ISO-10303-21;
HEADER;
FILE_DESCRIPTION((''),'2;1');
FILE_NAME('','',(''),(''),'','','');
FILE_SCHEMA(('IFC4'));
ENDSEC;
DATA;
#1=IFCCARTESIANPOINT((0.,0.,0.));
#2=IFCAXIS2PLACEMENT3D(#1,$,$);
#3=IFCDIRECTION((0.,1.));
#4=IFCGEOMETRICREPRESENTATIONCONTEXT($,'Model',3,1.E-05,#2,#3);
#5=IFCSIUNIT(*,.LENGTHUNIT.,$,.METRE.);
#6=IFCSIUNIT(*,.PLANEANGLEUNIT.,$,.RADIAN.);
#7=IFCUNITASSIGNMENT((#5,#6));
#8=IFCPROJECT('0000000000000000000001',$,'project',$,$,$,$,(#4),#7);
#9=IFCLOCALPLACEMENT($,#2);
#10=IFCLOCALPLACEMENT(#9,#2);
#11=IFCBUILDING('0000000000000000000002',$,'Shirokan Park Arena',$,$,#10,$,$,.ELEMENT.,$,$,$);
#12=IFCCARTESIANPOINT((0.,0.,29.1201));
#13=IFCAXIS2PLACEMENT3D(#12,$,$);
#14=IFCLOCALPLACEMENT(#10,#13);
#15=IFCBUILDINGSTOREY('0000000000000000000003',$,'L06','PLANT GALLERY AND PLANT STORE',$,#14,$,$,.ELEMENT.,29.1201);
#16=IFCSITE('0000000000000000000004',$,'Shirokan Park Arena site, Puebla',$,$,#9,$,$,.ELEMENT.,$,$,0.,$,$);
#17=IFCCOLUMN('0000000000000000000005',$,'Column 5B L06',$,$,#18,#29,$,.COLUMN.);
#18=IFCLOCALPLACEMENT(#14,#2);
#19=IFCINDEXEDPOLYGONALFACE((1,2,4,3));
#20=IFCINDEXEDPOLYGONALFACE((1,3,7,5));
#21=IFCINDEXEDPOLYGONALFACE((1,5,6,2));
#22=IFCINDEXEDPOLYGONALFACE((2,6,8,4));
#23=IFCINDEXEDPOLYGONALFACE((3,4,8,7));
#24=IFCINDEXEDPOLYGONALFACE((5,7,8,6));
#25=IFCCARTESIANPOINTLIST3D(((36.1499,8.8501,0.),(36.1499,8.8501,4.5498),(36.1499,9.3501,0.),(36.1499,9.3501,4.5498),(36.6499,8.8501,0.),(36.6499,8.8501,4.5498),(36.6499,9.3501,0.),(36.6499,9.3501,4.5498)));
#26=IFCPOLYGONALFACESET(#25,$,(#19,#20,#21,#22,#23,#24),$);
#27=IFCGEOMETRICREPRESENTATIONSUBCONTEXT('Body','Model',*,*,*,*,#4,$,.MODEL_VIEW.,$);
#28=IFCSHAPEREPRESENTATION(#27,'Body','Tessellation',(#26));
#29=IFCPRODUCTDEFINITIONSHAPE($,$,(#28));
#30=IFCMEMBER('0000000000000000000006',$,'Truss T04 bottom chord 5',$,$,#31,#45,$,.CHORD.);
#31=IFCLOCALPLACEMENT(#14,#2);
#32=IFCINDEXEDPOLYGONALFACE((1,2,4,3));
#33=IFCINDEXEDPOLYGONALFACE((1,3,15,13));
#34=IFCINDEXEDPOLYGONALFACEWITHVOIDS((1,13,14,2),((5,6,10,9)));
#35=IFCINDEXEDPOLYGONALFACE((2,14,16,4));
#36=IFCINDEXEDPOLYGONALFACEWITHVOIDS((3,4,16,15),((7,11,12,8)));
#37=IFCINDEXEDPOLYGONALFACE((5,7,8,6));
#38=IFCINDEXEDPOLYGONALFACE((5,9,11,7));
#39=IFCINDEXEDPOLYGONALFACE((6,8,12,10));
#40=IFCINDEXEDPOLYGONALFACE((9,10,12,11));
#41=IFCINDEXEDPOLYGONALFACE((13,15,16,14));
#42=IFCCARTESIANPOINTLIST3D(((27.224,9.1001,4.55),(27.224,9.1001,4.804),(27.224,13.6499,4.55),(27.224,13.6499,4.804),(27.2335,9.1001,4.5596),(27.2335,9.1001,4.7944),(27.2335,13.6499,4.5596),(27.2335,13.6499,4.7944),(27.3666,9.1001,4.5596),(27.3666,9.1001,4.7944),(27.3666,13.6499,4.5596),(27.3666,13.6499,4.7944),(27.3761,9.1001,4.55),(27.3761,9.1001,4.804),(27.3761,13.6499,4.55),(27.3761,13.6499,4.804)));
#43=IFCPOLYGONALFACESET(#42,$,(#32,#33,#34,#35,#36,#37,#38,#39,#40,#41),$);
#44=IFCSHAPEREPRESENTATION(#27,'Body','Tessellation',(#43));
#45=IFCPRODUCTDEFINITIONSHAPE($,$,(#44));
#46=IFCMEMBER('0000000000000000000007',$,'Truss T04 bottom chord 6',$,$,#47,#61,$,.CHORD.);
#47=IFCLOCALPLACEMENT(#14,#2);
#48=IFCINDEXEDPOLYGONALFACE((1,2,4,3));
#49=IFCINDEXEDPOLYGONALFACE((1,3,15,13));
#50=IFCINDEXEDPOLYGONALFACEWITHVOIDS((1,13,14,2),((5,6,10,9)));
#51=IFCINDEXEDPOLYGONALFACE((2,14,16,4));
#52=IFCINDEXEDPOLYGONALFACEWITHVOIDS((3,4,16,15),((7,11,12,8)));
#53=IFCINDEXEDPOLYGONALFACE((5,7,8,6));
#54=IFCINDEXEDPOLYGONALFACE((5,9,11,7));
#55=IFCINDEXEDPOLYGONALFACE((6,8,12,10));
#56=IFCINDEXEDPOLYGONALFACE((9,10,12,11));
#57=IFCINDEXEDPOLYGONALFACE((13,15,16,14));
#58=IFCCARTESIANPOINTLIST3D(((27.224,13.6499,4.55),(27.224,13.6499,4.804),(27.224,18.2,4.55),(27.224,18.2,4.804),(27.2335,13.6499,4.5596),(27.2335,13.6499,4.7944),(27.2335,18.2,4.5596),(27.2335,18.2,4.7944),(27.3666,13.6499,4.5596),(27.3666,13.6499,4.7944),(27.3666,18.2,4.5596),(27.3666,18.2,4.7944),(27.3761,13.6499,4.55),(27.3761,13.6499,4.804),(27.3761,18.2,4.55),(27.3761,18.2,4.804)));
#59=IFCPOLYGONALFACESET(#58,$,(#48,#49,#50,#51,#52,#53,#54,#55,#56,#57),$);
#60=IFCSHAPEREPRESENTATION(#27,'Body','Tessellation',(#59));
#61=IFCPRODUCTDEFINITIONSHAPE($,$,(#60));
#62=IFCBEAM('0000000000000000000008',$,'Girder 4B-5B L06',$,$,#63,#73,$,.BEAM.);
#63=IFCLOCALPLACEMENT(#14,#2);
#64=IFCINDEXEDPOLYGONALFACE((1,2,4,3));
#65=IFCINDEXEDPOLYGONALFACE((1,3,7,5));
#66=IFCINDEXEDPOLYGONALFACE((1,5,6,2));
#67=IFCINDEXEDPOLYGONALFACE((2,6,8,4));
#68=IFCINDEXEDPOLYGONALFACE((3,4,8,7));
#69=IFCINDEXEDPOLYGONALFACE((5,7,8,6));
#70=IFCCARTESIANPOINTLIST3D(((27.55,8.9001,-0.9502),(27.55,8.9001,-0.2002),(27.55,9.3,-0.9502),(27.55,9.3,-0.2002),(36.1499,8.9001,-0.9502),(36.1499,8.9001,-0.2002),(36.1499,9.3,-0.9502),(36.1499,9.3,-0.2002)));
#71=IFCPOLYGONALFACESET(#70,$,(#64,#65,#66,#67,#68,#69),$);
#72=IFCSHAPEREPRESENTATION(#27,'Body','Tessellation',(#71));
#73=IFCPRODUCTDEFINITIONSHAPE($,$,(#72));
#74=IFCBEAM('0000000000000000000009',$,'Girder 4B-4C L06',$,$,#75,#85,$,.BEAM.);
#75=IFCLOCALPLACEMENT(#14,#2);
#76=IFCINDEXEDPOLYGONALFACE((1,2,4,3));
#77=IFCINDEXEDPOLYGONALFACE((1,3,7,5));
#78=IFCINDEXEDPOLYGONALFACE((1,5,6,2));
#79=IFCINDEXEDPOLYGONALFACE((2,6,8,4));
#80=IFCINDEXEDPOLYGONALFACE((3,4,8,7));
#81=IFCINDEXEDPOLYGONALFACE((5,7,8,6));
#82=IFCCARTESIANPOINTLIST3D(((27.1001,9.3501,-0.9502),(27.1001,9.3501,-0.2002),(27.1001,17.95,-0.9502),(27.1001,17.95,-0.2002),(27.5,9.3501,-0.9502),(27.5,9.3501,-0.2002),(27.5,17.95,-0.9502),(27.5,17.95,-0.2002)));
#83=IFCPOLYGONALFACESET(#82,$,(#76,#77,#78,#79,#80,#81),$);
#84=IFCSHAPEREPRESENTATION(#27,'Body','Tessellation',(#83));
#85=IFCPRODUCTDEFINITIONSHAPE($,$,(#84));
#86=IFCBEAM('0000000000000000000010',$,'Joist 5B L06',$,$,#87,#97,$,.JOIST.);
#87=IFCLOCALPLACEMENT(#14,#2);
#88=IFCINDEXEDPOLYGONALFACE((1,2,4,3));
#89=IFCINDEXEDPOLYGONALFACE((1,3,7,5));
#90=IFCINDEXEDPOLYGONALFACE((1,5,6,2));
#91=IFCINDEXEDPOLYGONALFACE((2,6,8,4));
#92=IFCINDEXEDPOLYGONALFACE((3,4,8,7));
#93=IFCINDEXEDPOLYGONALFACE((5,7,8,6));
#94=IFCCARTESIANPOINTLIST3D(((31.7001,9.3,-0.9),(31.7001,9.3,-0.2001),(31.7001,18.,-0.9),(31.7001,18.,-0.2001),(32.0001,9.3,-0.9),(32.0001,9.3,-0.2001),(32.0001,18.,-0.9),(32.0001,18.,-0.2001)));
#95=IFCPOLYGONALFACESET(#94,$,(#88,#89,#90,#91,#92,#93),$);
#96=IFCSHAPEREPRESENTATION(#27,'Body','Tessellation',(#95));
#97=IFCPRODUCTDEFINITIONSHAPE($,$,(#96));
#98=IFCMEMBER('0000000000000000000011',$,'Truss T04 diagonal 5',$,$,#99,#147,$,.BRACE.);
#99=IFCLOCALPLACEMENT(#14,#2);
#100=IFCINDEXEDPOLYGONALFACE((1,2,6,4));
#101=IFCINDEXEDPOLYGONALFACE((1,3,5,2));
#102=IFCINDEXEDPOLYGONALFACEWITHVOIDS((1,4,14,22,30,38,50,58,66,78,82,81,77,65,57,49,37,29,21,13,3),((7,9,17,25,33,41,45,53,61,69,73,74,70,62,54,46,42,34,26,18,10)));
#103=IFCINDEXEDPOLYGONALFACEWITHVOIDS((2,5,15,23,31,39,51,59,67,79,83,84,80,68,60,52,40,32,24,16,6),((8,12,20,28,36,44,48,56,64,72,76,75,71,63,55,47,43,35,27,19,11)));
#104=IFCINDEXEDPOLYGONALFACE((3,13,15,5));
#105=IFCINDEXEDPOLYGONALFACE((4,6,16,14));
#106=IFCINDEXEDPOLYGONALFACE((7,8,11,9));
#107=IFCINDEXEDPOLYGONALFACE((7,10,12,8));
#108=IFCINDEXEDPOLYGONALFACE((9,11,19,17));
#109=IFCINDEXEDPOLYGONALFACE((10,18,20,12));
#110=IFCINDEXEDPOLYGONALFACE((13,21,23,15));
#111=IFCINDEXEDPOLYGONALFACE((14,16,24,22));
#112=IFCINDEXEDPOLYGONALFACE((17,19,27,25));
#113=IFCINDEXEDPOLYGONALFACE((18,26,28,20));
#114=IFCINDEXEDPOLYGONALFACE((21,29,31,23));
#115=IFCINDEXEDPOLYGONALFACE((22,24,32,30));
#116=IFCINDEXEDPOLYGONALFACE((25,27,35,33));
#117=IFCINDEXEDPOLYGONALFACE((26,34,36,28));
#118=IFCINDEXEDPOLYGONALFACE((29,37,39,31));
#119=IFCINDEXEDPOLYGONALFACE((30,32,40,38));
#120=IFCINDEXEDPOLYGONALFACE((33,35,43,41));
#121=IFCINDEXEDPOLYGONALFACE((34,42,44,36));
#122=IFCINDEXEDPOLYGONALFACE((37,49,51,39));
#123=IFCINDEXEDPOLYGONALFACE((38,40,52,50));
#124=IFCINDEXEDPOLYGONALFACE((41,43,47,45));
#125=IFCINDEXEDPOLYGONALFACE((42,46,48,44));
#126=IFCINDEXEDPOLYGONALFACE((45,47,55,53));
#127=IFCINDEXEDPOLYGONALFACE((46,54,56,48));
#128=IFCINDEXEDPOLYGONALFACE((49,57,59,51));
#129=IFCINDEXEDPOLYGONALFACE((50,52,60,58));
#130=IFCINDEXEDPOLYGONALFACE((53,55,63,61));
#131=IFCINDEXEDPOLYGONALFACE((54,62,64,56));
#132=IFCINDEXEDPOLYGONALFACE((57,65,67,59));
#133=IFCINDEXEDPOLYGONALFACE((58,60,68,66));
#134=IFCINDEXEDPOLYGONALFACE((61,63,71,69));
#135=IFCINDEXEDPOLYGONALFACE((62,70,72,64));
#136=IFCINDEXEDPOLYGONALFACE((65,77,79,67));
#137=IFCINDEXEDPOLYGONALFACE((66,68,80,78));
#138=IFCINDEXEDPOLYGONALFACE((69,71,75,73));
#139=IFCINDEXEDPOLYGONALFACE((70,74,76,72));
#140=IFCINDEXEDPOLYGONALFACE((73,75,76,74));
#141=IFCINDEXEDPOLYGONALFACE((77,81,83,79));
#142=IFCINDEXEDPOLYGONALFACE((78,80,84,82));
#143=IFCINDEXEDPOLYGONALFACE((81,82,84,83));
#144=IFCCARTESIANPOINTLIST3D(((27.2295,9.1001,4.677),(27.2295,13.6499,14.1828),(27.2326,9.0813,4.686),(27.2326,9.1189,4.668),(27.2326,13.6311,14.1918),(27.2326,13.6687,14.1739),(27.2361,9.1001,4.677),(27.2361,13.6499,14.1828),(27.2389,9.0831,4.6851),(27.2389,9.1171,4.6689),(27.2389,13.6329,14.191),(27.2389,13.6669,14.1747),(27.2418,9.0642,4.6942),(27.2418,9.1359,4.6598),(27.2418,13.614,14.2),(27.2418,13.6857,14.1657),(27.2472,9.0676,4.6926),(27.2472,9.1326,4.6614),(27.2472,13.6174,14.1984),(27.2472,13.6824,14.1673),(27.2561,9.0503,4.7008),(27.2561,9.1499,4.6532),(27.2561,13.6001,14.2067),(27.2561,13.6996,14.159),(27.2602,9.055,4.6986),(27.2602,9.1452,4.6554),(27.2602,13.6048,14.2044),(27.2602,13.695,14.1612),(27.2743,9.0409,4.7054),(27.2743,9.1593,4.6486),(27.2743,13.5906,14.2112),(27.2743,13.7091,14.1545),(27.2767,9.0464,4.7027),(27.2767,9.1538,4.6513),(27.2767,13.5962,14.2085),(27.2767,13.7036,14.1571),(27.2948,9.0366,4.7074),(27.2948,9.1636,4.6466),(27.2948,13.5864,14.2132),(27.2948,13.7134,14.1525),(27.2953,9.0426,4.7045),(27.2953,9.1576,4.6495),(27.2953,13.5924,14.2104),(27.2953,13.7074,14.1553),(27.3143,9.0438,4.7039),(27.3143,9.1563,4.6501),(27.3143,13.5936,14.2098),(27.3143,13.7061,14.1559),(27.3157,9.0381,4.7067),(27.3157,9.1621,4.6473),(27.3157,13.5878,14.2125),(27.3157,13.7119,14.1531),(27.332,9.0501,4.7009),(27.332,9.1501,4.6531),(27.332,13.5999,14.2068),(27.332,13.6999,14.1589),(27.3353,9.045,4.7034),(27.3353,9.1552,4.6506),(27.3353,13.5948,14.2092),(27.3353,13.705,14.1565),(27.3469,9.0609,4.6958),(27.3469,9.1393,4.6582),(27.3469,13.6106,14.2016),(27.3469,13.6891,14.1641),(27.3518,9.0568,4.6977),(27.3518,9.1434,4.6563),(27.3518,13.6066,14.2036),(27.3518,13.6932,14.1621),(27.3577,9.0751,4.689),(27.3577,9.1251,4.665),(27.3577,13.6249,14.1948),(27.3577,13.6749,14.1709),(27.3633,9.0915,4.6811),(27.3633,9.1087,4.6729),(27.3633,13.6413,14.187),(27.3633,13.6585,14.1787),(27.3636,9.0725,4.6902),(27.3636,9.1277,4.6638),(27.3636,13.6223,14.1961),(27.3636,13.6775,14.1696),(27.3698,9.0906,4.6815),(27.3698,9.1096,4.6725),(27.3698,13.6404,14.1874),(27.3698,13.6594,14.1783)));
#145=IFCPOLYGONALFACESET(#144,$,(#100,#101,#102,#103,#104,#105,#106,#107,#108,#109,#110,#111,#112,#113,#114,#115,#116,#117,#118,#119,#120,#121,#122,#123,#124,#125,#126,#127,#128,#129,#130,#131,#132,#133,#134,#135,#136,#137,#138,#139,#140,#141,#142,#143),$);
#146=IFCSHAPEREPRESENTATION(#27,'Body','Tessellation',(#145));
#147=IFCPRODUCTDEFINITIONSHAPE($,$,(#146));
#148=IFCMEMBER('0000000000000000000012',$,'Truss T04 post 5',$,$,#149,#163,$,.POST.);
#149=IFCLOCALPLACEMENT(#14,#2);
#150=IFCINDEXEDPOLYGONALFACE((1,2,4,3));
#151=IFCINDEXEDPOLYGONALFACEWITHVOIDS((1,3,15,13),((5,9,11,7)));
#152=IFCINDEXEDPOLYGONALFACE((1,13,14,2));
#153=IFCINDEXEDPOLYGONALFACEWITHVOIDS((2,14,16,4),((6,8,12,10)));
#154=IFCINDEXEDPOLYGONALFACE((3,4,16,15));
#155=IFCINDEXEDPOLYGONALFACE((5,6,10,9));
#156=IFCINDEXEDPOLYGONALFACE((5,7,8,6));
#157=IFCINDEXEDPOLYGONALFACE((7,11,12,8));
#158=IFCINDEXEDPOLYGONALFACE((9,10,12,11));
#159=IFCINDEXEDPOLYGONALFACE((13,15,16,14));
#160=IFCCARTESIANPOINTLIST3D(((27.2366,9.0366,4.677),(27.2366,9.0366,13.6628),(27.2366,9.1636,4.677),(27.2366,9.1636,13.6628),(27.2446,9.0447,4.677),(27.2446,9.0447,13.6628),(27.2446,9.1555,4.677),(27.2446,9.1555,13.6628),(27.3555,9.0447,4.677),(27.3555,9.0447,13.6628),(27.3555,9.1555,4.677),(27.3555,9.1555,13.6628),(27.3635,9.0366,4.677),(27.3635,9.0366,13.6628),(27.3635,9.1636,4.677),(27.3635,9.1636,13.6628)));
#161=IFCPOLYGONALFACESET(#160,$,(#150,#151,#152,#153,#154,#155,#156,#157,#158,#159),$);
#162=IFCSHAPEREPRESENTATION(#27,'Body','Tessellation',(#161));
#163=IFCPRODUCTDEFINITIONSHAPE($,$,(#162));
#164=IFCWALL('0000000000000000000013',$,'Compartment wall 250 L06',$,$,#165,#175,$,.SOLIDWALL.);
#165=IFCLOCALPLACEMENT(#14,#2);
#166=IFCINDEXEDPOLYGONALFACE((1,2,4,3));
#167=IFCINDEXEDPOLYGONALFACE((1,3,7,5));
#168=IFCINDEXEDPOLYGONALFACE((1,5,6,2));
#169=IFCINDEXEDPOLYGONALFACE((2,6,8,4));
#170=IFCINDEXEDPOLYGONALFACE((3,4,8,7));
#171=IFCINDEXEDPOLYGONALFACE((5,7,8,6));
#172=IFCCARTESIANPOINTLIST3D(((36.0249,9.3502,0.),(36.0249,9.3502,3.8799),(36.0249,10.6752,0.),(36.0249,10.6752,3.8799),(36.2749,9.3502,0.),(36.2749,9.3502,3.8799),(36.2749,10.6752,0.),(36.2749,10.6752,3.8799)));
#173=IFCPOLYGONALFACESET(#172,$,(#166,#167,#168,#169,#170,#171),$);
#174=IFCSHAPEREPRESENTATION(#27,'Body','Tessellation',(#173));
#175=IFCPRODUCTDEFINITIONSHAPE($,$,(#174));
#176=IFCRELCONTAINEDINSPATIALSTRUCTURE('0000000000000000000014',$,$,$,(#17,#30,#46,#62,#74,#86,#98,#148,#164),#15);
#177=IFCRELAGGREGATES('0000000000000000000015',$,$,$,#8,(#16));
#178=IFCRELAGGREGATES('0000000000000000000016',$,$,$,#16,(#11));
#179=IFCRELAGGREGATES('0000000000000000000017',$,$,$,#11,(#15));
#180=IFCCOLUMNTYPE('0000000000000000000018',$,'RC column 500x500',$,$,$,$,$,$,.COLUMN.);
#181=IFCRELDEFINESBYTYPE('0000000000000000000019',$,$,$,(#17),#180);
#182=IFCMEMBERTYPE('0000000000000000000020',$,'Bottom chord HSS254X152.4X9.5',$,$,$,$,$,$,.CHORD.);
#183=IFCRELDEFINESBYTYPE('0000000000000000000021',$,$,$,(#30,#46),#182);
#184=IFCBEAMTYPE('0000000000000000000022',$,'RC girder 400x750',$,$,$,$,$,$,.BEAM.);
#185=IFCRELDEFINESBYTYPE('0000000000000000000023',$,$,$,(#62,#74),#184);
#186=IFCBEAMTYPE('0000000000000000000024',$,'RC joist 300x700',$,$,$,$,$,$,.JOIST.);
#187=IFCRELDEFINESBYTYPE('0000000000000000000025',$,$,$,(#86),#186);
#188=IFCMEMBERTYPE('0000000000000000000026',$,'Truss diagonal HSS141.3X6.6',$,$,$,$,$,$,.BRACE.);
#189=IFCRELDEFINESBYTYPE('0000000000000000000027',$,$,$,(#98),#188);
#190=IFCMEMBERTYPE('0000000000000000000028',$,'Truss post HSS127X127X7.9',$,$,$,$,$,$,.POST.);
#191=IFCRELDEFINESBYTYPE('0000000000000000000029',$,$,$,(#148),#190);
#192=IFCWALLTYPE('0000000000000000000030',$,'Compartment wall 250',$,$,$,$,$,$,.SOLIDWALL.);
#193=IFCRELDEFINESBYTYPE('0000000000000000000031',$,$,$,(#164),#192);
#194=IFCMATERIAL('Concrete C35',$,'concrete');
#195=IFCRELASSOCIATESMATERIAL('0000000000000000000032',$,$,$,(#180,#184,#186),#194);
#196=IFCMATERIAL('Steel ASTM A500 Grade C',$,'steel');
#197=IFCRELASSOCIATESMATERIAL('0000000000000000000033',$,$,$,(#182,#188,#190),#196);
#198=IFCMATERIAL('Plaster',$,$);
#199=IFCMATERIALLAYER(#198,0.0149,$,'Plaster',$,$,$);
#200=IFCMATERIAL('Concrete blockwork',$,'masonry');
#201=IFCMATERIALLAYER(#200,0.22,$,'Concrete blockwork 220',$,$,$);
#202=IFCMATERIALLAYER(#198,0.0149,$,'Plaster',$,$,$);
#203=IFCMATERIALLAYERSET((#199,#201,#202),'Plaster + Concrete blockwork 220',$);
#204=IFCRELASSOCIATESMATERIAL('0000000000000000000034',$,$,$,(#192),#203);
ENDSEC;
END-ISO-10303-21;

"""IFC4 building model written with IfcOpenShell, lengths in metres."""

from ifc_helpers import new_model, si_unit, direction, frame, frame_2d, origin, origin_2d, place, context, subcontext, project, spatial, rectangle, hollow_rectangle, hollow_circle, extrude, material, layer, layer_set, material_profile, profile_set, type_object, element, save


model = new_model("IFC4")

# Units and contexts
model_context = context("Model", 3, precision=1e-05, world=origin(), true_north=direction((0.0, 1.0)))
body_context = subcontext(model_context, "Body", "Model", "MODEL_VIEW")
ifc_project = project(units=[si_unit("LENGTHUNIT", "METRE"), si_unit("PLANEANGLEUNIT", "RADIAN")], contexts=[model_context])

# Site, building, storey
site_placement = place(None, origin())
site = spatial("IfcSite", under=ifc_project, at=site_placement, Name="Shirokan Park Arena site, Puebla", CompositionType="ELEMENT", RefElevation=0.0)
building_placement = place(site_placement, origin())
building = spatial("IfcBuilding", under=site, at=building_placement, Name="Shirokan Park Arena", CompositionType="ELEMENT")
storey_placement = place(building_placement, frame((0.0, 0.0, 29.1201)))
storey = spatial("IfcBuildingStorey", under=building, at=storey_placement, Name="L06", Description="PLANT GALLERY AND PLANT STORE", CompositionType="ELEMENT", Elevation=29.1201)

# Column
ifc_material_1 = material(Name="Concrete C35", Category="concrete")
ifc_material_profile_1 = material_profile(ifc_material_1, rectangle(XDim=0.5, YDim=0.5, at=origin_2d()), Name="500x500")
ifc_profile_set_1 = profile_set([ifc_material_profile_1], Name="Concrete C35")
column_type = type_object("IfcColumnType", Name="RC column 500x500", PredefinedType="COLUMN", material=ifc_profile_set_1)
column_placement = place(storey_placement, frame((36.3999, 9.1001, 0.0), z_axis=(0.0, 0.0, 1.0), x_axis=(1.0, 0.0, 0.0)))
element("IfcColumn", 1, at=column_placement, inside=storey, type_object=column_type, Name="Column 5B L06", PredefinedType="COLUMN", context=body_context, shape_type="SweptSolid", body=[
    extrude(rectangle(XDim=0.5, YDim=0.5, at=origin_2d()), origin(), (0.0, 0.0, 1.0), 4.5498),
])

# Members
ifc_material_2 = material(Name="Steel ASTM A500 Grade C", Category="steel")
ifc_material_profile_2 = material_profile(ifc_material_2, hollow_rectangle(XDim=0.1521, YDim=0.2539, WallThickness=0.0095, at=origin_2d()), Name="HSS254X152.4X9.5")
ifc_profile_set_2 = profile_set([ifc_material_profile_2], Name="Steel ASTM A500 Grade C")
member_type_1 = type_object("IfcMemberType", Name="Bottom chord HSS254X152.4X9.5", PredefinedType="CHORD", material=ifc_profile_set_2)
member_1_placement = place(storey_placement, frame((27.3, 9.1001, 4.677), z_axis=(0.0, 1.0, 0.0), x_axis=(-1.0, 0.0, 0.0)))
element("IfcMember", 2, at=member_1_placement, inside=storey, type_object=member_type_1, Name="Truss T04 bottom chord 5", PredefinedType="CHORD", context=body_context, shape_type="SweptSolid", body=[
    extrude(hollow_rectangle(XDim=0.1521, YDim=0.2539, WallThickness=0.0095, at=origin_2d()), origin(), (0.0, 0.0, 1.0), 4.5498),
])
member_2_placement = place(storey_placement, frame((27.3, 13.6499, 4.677), z_axis=(0.0, 1.0, 0.0), x_axis=(-1.0, 0.0, 0.0)))
element("IfcMember", 3, at=member_2_placement, inside=storey, type_object=member_type_1, Name="Truss T04 bottom chord 6", PredefinedType="CHORD", context=body_context, shape_type="SweptSolid", body=[
    extrude(hollow_rectangle(XDim=0.1521, YDim=0.2539, WallThickness=0.0095, at=origin_2d()), origin(), (0.0, 0.0, 1.0), 4.55),
])

# Beams
ifc_material_profile_3 = material_profile(ifc_material_1, rectangle(XDim=0.3999, YDim=0.75, at=origin_2d()), Name="400x750")
ifc_profile_set_3 = profile_set([ifc_material_profile_3], Name="Concrete C35")
beam_type_1 = type_object("IfcBeamType", Name="RC girder 400x750", PredefinedType="BEAM", material=ifc_profile_set_3)
for number, where, z_axis, x_axis, name in (
    (4, (27.55, 9.1001, -0.5752), (1.0, 0.0, 0.0), (0.0, 1.0, 0.0), "Girder 4B-5B L06"),
    (5, (27.3, 9.3501, -0.5752), (0.0, 1.0, 0.0), (-1.0, 0.0, 0.0), "Girder 4B-4C L06"),
):
    element("IfcBeam", number, at=place(storey_placement, frame(where, z_axis=z_axis, x_axis=x_axis)), inside=storey, type_object=beam_type_1, Name=name, PredefinedType="BEAM", context=body_context, shape_type="SweptSolid", body=[
        extrude(rectangle(XDim=0.3999, YDim=0.75, at=origin_2d()), origin(), (0.0, 0.0, 1.0), 8.5999),
    ])
ifc_material_profile_4 = material_profile(ifc_material_1, rectangle(XDim=0.3, YDim=0.7, at=origin_2d()), Name="300x700")
ifc_profile_set_4 = profile_set([ifc_material_profile_4], Name="Concrete C35")
beam_type_2 = type_object("IfcBeamType", Name="RC joist 300x700", PredefinedType="JOIST", material=ifc_profile_set_4)
beam_placement = place(storey_placement, frame((31.8501, 9.3, -0.55), z_axis=(0.0, 1.0, 0.0), x_axis=(-1.0, 0.0, 0.0)))
element("IfcBeam", 6, at=beam_placement, inside=storey, type_object=beam_type_2, Name="Joist 5B L06", PredefinedType="JOIST", context=body_context, shape_type="SweptSolid", body=[
    extrude(rectangle(XDim=0.3, YDim=0.7, at=origin_2d()), origin(), (0.0, 0.0, 1.0), 8.7),
])

# Members
ifc_material_profile_5 = material_profile(ifc_material_2, hollow_circle(Radius=0.0706, WallThickness=0.0066, at=origin_2d()), Name="HSS141.3X6.6")
ifc_profile_set_5 = profile_set([ifc_material_profile_5], Name="Steel ASTM A500 Grade C")
member_type_2 = type_object("IfcMemberType", Name="Truss diagonal HSS141.3X6.6", PredefinedType="BRACE", material=ifc_profile_set_5)
member_3_placement = place(storey_placement, frame((27.3, 9.1001, 4.677), z_axis=(0.0, 0.431728, 0.902004), x_axis=(-1.0, 0.0, 0.0)))
element("IfcMember", 7, at=member_3_placement, inside=storey, type_object=member_type_2, Name="Truss T04 diagonal 5", PredefinedType="BRACE", context=body_context, shape_type="SweptSolid", body=[
    extrude(hollow_circle(Radius=0.0706, WallThickness=0.0066, at=origin_2d()), origin(), (0.0, 0.0, 1.0), 10.5386),
])
ifc_material_profile_6 = material_profile(ifc_material_2, hollow_rectangle(XDim=0.127, YDim=0.127, WallThickness=0.0081, at=origin_2d()), Name="HSS127X127X7.9")
ifc_profile_set_6 = profile_set([ifc_material_profile_6], Name="Steel ASTM A500 Grade C")
member_type_3 = type_object("IfcMemberType", Name="Truss post HSS127X127X7.9", PredefinedType="POST", material=ifc_profile_set_6)
member_4_placement = place(storey_placement, frame((27.3, 9.1001, 4.677), z_axis=(0.0, 0.0, 1.0), x_axis=(1.0, 0.0, 0.0)))
element("IfcMember", 8, at=member_4_placement, inside=storey, type_object=member_type_3, Name="Truss T04 post 5", PredefinedType="POST", context=body_context, shape_type="SweptSolid", body=[
    extrude(hollow_rectangle(XDim=0.127, YDim=0.127, WallThickness=0.0081, at=origin_2d()), origin(), (0.0, 0.0, 1.0), 8.9858),
])

# Wall
ifc_material_3 = material(Name="Plaster")
ifc_layer_1 = layer(ifc_material_3, 0.0149, Name="Plaster")
ifc_material_4 = material(Name="Concrete blockwork", Category="masonry")
ifc_layer_2 = layer(ifc_material_4, 0.22, Name="Concrete blockwork 220")
ifc_layer_3 = layer(ifc_material_3, 0.0149, Name="Plaster")
ifc_layer_set_1 = layer_set([ifc_layer_1, ifc_layer_2, ifc_layer_3], Name="Plaster + Concrete blockwork 220")
wall_type_1 = type_object("IfcWallType", Name="Compartment wall 250", PredefinedType="SOLIDWALL", material=ifc_layer_set_1)
wall_1_placement = place(storey_placement, frame((36.1499, 9.3501, 0.0), z_axis=(0.0, 0.0, 1.0), x_axis=(0.0, 1.0, 0.0)))
element("IfcWall", 9, at=wall_1_placement, inside=storey, type_object=wall_type_1, Name="Compartment wall 250 L06", PredefinedType="SOLIDWALL", context=body_context, shape_type="SweptSolid", body=[
    extrude(rectangle(XDim=1.325, YDim=0.25, at=frame_2d((0.6626, 0.0))), origin(), (0.0, 0.0, 1.0), 3.8799),
])

save(model, "model.ifc")
